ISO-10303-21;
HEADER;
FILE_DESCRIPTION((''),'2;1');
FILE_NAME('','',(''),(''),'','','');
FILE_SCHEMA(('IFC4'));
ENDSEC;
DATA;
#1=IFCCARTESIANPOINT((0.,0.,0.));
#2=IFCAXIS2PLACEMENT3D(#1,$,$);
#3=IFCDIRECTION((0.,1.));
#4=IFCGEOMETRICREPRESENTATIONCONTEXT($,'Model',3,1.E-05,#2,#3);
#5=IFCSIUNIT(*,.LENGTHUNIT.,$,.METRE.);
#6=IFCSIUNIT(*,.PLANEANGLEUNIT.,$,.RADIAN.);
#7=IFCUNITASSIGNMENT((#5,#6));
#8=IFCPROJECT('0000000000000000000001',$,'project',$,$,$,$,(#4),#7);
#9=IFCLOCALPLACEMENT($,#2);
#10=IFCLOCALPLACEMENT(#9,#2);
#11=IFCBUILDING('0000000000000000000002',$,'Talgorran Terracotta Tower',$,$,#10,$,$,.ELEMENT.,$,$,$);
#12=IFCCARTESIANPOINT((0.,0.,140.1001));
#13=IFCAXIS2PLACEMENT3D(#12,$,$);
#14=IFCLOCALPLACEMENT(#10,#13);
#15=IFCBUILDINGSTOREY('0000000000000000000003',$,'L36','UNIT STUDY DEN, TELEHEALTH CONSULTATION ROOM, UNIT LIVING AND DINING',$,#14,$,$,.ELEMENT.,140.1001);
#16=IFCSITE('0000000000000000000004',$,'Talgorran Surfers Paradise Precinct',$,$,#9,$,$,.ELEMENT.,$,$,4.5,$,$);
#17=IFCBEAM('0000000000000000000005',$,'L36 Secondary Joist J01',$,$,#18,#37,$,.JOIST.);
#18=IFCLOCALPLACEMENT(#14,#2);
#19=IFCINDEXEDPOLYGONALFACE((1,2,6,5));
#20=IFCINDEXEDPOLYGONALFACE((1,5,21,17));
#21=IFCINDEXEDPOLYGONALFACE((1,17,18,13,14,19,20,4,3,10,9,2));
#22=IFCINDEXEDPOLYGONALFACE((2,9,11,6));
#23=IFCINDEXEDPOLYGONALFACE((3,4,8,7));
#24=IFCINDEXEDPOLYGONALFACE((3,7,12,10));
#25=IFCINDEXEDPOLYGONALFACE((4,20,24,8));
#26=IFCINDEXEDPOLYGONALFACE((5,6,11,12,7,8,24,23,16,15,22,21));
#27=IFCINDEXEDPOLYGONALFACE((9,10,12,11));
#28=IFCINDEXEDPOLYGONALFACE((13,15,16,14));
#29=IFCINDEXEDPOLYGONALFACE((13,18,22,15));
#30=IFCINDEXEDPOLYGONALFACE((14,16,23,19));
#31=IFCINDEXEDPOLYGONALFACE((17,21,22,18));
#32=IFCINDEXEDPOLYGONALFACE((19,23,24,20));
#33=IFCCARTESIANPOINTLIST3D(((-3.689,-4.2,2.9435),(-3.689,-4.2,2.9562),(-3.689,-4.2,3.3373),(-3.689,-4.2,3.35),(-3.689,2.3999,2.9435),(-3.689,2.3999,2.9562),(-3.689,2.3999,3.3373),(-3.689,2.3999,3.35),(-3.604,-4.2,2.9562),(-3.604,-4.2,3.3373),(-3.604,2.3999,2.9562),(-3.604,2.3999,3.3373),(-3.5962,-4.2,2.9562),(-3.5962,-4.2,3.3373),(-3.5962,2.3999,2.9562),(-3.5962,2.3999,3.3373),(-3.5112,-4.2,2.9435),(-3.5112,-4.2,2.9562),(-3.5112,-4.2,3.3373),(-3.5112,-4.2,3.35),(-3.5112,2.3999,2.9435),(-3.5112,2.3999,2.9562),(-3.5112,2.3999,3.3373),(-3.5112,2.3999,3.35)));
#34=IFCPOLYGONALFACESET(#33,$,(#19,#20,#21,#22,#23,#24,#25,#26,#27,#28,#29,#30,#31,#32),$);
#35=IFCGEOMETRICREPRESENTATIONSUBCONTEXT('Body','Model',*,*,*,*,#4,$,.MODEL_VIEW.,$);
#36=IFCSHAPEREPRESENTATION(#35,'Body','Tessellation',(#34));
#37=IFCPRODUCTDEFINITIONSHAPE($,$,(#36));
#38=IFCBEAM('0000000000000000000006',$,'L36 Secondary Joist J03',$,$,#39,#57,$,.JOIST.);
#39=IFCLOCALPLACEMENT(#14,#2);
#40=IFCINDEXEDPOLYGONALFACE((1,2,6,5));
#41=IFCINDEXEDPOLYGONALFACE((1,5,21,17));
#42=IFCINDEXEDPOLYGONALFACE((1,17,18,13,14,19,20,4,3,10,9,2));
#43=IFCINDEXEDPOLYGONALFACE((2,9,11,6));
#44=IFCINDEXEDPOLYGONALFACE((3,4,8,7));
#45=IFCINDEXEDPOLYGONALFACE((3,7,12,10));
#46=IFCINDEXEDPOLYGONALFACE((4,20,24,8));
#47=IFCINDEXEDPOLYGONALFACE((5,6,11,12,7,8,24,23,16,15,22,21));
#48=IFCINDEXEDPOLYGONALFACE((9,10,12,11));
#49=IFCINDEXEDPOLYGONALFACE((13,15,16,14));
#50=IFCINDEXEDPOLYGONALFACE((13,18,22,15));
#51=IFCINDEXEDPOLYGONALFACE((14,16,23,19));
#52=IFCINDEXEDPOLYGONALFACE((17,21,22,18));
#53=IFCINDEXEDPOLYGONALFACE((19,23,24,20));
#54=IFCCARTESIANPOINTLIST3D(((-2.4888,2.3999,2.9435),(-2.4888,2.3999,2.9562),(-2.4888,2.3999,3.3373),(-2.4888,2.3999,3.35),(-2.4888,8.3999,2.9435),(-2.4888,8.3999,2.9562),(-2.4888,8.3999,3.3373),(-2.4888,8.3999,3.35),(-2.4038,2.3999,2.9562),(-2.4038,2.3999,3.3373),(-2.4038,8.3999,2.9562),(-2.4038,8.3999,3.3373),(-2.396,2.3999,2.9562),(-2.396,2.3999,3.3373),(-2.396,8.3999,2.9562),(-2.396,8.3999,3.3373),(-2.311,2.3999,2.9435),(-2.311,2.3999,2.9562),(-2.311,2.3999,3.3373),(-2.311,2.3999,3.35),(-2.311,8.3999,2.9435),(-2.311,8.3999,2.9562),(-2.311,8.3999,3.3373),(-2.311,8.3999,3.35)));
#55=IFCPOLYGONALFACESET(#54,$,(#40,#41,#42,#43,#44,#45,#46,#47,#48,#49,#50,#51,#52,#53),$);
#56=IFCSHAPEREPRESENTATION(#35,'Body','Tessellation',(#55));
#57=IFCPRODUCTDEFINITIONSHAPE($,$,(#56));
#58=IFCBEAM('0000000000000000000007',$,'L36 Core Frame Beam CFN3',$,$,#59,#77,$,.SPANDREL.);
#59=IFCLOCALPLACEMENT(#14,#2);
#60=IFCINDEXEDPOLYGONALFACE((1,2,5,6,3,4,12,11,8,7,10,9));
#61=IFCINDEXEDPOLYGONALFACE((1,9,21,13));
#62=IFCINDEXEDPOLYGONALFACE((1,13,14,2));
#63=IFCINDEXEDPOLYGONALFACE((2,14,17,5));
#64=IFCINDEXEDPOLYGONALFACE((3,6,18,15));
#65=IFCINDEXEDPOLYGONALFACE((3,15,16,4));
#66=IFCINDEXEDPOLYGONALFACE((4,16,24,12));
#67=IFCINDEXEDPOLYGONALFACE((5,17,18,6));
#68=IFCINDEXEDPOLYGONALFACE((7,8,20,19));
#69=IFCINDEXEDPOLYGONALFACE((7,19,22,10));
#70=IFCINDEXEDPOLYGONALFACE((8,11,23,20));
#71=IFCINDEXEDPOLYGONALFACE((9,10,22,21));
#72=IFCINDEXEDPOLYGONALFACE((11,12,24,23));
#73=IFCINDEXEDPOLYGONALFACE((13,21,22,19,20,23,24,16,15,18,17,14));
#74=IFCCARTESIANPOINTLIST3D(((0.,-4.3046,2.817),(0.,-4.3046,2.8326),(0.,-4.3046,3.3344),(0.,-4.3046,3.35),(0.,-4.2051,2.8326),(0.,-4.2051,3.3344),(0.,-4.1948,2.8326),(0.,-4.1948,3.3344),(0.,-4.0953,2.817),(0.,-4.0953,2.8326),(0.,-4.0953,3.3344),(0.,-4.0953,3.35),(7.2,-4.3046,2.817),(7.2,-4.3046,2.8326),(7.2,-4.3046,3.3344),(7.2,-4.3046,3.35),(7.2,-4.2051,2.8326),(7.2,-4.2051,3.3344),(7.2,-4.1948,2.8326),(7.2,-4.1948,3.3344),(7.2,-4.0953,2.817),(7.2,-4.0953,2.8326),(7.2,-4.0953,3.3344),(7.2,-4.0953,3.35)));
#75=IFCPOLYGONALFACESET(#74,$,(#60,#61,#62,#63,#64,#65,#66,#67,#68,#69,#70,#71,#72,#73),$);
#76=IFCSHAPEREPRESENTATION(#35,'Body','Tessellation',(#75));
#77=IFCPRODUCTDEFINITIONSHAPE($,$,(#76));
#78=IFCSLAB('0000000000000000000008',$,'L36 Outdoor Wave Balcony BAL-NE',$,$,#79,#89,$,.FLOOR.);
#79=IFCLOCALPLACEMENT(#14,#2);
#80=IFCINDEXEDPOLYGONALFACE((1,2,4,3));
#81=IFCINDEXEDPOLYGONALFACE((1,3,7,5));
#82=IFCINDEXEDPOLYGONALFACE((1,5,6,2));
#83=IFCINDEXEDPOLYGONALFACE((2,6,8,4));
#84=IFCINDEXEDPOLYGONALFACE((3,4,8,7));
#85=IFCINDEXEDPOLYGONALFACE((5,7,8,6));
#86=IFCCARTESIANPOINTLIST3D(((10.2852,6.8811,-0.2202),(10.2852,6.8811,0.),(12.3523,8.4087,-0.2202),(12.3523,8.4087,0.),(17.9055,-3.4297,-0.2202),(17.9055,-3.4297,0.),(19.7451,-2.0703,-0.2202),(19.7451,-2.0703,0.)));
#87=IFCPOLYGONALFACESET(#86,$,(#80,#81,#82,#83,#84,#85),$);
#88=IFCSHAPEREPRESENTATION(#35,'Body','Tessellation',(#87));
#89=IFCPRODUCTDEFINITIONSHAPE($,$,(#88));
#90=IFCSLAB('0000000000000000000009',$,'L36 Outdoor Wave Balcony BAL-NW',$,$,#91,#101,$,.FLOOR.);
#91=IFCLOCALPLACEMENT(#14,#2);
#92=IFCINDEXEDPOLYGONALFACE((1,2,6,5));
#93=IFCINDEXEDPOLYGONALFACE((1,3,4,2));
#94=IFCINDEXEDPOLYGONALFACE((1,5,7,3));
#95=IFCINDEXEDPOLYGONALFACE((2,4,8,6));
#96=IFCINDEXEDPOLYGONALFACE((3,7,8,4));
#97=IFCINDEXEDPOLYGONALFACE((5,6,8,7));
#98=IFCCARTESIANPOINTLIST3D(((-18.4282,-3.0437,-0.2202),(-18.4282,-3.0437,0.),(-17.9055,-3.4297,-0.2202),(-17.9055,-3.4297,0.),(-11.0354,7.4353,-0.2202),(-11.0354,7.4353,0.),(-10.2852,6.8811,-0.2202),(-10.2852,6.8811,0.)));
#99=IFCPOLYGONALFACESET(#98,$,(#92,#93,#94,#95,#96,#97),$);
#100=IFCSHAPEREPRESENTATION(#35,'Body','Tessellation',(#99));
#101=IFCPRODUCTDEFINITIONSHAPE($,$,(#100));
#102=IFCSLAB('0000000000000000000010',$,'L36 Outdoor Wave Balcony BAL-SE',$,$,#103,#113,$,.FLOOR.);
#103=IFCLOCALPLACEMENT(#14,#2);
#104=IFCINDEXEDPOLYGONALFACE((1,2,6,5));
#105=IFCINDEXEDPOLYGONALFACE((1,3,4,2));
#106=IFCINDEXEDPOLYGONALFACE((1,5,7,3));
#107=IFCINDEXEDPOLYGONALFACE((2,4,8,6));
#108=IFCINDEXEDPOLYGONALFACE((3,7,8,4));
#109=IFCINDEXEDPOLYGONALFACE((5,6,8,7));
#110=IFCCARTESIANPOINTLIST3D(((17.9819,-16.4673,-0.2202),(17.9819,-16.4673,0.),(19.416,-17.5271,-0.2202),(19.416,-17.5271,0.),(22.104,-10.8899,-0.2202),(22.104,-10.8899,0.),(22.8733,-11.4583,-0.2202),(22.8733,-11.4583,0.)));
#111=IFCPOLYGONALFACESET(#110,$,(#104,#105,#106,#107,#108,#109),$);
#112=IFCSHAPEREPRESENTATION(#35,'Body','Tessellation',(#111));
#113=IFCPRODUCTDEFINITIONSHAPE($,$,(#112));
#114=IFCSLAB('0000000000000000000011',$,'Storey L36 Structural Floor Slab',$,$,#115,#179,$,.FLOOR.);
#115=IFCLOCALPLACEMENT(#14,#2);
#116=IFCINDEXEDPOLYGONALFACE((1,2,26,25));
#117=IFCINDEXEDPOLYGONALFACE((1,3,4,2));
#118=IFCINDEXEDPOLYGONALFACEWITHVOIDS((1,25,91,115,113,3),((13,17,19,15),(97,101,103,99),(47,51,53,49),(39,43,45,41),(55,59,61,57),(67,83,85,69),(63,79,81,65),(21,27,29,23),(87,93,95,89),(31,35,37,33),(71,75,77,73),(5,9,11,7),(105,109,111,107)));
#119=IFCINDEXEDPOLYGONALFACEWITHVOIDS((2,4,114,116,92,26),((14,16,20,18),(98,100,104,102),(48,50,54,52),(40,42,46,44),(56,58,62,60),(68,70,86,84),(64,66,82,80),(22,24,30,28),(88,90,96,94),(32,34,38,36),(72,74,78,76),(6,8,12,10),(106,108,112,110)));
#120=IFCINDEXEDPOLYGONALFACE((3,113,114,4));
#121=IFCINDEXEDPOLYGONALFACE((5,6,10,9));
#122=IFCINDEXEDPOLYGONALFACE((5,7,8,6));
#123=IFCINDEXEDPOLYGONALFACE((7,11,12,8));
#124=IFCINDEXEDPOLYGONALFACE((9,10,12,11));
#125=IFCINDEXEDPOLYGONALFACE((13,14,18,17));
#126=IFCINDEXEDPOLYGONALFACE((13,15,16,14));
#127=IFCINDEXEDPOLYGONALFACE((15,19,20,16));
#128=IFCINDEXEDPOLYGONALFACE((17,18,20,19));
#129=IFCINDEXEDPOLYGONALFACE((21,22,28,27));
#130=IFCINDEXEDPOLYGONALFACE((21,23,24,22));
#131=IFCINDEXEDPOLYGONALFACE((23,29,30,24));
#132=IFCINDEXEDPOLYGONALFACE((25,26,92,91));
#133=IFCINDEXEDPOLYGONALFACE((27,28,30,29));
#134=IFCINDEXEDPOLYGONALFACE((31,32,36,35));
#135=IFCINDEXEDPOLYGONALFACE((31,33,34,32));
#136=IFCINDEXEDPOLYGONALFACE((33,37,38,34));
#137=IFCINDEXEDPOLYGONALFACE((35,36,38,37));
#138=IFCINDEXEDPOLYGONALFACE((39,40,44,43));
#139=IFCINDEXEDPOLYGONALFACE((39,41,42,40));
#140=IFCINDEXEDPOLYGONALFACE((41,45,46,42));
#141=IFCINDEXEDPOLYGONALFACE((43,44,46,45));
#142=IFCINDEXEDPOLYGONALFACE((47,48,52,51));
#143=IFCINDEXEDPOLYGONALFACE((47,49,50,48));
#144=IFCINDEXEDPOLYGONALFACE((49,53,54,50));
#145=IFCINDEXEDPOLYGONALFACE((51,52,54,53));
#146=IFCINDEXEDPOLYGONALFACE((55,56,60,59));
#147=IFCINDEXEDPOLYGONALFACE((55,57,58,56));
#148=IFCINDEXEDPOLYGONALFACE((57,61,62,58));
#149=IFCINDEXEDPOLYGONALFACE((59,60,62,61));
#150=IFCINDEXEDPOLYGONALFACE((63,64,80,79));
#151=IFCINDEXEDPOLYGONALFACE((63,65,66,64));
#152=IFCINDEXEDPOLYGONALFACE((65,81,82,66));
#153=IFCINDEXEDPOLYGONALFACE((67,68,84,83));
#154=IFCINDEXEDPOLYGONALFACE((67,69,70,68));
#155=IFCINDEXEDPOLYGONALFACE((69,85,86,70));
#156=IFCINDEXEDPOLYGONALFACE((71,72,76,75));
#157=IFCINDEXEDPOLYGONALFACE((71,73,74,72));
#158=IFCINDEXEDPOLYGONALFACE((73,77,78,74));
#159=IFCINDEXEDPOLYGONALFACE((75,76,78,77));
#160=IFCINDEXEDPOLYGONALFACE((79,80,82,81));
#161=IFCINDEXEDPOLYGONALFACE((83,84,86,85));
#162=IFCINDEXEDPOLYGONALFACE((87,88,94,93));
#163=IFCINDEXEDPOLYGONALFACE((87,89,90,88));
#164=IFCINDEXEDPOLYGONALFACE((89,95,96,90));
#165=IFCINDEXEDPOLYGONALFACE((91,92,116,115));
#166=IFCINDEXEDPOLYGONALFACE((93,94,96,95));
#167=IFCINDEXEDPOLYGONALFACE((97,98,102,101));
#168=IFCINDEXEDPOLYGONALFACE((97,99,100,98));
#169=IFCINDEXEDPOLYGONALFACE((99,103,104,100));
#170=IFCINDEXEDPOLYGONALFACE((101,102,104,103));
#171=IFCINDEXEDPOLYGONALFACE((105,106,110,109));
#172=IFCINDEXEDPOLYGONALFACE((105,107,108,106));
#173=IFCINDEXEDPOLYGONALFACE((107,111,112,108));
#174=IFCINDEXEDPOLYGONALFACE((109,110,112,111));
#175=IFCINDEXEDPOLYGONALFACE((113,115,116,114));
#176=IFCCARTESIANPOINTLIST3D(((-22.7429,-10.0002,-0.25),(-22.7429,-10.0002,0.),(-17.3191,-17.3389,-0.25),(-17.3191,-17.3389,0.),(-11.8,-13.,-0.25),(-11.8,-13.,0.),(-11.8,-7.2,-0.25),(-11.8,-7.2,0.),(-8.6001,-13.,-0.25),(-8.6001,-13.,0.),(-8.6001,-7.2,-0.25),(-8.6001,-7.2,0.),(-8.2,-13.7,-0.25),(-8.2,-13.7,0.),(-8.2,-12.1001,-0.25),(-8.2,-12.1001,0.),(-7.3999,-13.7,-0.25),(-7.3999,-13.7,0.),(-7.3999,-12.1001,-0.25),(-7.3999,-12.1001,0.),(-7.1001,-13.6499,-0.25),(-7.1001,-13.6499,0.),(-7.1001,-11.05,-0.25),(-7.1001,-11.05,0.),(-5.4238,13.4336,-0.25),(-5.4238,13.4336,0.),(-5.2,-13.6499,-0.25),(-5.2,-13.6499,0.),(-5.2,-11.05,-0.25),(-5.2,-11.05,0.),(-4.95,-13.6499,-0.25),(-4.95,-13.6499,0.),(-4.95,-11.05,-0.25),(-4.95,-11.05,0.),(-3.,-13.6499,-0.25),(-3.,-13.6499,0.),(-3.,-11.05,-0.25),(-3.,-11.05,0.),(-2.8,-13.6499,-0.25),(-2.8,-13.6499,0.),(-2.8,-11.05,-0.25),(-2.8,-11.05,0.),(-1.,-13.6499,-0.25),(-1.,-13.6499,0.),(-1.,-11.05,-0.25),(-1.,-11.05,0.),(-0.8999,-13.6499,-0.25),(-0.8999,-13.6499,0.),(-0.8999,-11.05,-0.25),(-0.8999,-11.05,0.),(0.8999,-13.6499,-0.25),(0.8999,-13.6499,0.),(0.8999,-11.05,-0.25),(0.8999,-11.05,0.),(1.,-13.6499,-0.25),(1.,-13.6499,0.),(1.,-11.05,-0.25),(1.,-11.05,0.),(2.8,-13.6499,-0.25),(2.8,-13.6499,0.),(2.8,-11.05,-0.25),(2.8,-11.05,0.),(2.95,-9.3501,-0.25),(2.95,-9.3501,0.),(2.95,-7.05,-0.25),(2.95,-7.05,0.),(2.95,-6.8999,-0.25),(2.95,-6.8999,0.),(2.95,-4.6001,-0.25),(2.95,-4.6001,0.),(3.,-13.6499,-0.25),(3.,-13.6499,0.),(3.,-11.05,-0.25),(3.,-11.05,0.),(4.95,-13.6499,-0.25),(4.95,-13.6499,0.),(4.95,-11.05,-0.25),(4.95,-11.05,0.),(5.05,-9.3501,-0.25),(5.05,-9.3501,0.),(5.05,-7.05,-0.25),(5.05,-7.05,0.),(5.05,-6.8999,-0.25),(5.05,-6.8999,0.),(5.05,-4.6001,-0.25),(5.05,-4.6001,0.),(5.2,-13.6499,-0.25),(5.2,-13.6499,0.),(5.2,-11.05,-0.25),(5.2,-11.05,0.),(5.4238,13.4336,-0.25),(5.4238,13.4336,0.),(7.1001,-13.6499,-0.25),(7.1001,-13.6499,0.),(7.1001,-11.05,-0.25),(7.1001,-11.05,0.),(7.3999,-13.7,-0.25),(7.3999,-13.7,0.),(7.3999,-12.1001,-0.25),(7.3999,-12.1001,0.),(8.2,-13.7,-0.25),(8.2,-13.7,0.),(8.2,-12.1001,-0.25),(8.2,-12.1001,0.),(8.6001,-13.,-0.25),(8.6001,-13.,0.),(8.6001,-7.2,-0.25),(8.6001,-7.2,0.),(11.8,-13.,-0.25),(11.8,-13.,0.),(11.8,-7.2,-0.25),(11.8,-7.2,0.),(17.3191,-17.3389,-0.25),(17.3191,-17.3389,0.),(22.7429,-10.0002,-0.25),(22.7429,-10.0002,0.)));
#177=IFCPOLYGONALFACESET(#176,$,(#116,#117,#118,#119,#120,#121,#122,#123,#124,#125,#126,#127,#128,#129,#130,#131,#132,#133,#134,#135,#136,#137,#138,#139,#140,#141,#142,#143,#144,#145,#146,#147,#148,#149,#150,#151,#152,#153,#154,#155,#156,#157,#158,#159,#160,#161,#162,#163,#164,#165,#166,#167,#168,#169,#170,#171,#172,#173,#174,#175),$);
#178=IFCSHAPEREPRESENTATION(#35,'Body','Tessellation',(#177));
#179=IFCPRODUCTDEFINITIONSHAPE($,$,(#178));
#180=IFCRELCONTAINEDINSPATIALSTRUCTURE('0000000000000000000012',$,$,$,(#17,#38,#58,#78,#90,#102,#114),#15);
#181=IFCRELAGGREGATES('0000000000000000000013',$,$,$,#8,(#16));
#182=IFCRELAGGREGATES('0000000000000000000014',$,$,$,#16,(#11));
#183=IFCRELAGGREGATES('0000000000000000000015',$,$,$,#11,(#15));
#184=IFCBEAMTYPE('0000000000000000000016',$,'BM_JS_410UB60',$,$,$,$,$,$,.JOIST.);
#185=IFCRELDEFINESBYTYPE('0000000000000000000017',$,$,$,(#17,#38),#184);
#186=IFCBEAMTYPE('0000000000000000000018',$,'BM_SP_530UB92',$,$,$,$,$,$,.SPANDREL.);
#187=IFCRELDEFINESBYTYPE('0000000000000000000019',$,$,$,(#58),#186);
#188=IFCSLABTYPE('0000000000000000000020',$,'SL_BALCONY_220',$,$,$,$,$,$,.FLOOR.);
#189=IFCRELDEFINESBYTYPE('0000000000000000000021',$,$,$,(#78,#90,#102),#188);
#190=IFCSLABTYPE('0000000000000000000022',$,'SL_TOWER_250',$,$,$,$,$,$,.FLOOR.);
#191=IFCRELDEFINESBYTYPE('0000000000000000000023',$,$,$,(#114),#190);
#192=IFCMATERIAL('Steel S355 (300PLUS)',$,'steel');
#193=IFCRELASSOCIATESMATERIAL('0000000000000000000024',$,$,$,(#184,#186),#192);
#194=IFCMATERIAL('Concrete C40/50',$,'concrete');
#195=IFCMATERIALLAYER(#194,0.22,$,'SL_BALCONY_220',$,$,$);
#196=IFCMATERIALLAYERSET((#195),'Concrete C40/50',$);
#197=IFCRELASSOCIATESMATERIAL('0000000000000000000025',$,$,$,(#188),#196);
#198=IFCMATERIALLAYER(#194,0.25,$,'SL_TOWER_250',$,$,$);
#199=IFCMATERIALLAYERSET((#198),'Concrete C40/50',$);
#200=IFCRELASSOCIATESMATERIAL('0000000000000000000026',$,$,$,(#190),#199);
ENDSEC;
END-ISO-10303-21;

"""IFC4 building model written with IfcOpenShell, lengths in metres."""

from ifc_helpers import new_model, si_unit, direction, frame, origin, origin_2d, place, context, subcontext, project, spatial, polyline, i_section, outline, extrude, material, layer, layer_set, material_profile, profile_set, type_object, element, save


model = new_model("IFC4")

# Units and contexts
model_context = context("Model", 3, precision=1e-05, world=origin(), true_north=direction((0.0, 1.0)))
body_context = subcontext(model_context, "Body", "Model", "MODEL_VIEW")
ifc_project = project(units=[si_unit("LENGTHUNIT", "METRE"), si_unit("PLANEANGLEUNIT", "RADIAN")], contexts=[model_context])

# Site, building, storey
site_placement = place(None, origin())
site = spatial("IfcSite", under=ifc_project, at=site_placement, Name="Talgorran Surfers Paradise Precinct", CompositionType="ELEMENT", RefElevation=4.5)
building_placement = place(site_placement, origin())
building = spatial("IfcBuilding", under=site, at=building_placement, Name="Talgorran Terracotta Tower", CompositionType="ELEMENT")
storey_placement = place(building_placement, frame((0.0, 0.0, 140.1001)))
storey = spatial("IfcBuildingStorey", under=building, at=storey_placement, Name="L36", Description="UNIT STUDY DEN, TELEHEALTH CONSULTATION ROOM, UNIT LIVING AND DINING", CompositionType="ELEMENT", Elevation=140.1001)

# Shared definitions
ifc_material_1 = material(Name="Steel S355 (300PLUS)", Category="steel")

# Beams
ifc_material_profile_1 = material_profile(ifc_material_1, i_section(OverallWidth=0.1777, OverallDepth=0.4065, WebThickness=0.0078, FlangeThickness=0.0127, at=origin_2d()), Name="410UB59.7")
ifc_profile_set_1 = profile_set([ifc_material_profile_1], Name="Steel S355 (300PLUS)")
beam_type_1 = type_object("IfcBeamType", Name="BM_JS_410UB60", PredefinedType="JOIST", material=ifc_profile_set_1)
beam_1_placement = place(storey_placement, frame((-3.6001, -4.2, 3.1467), z_axis=(0.0, 1.0, 0.0), x_axis=(-1.0, 0.0, 0.0)))
element("IfcBeam", 1, at=beam_1_placement, inside=storey, type_object=beam_type_1, Name="L36 Secondary Joist J01", PredefinedType="JOIST", context=body_context, shape_type="SweptSolid", body=[
    extrude(i_section(OverallWidth=0.1777, OverallDepth=0.4065, WebThickness=0.0078, FlangeThickness=0.0127, at=origin_2d()), origin(), (0.0, 0.0, 1.0), 6.5999),
])
beam_2_placement = place(storey_placement, frame((-2.3999, 2.3999, 3.1467), z_axis=(0.0, 1.0, 0.0), x_axis=(-1.0, 0.0, 0.0)))
element("IfcBeam", 2, at=beam_2_placement, inside=storey, type_object=beam_type_1, Name="L36 Secondary Joist J03", PredefinedType="JOIST", context=body_context, shape_type="SweptSolid", body=[
    extrude(i_section(OverallWidth=0.1777, OverallDepth=0.4065, WebThickness=0.0078, FlangeThickness=0.0127, at=origin_2d()), origin(), (0.0, 0.0, 1.0), 6.0),
])
ifc_material_profile_2 = material_profile(ifc_material_1, i_section(OverallWidth=0.2092, OverallDepth=0.533, WebThickness=0.0103, FlangeThickness=0.0156, at=origin_2d()), Name="530UB92.4")
ifc_profile_set_2 = profile_set([ifc_material_profile_2], Name="Steel S355 (300PLUS)")
beam_type_2 = type_object("IfcBeamType", Name="BM_SP_530UB92", PredefinedType="SPANDREL", material=ifc_profile_set_2)
beam_3_placement = place(storey_placement, frame((0.0, -4.2, 3.0835), z_axis=(1.0, 0.0, 0.0), x_axis=(0.0, 1.0, 0.0)))
element("IfcBeam", 3, at=beam_3_placement, inside=storey, type_object=beam_type_2, Name="L36 Core Frame Beam CFN3", PredefinedType="SPANDREL", context=body_context, shape_type="SweptSolid", body=[
    extrude(i_section(OverallWidth=0.2092, OverallDepth=0.533, WebThickness=0.0103, FlangeThickness=0.0156, at=origin_2d()), origin(), (0.0, 0.0, 1.0), 7.2),
])

# Slabs
ifc_material_2 = material(Name="Concrete C40/50", Category="concrete")
ifc_layer_1 = layer(ifc_material_2, 0.22, Name="SL_BALCONY_220")
ifc_layer_set_1 = layer_set([ifc_layer_1], Name="Concrete C40/50")
slab_type_1 = type_object("IfcSlabType", Name="SL_BALCONY_220", PredefinedType="FLOOR", material=ifc_layer_set_1)
slab_1_placement = place(storey_placement, frame((0.0, 0.0, -0.2202)))
element("IfcSlab", 4, at=slab_1_placement, inside=storey, type_object=slab_type_1, Name="L36 Outdoor Wave Balcony BAL-NE", PredefinedType="FLOOR", context=body_context, shape_type="SweptSolid", body=[
    extrude(outline(polyline([(10.2852, 6.8811), (17.9055, -3.4297), (19.7451, -2.0703), (12.3523, 8.4087), (10.2852, 6.8811)])), origin(), (0.0, 0.0, 1.0), 0.2202),
])
slab_2_placement = place(storey_placement, frame((0.0, 0.0, -0.2202)))
element("IfcSlab", 5, at=slab_2_placement, inside=storey, type_object=slab_type_1, Name="L36 Outdoor Wave Balcony BAL-NW", PredefinedType="FLOOR", context=body_context, shape_type="SweptSolid", body=[
    extrude(outline(polyline([(-17.9055, -3.4297), (-10.2852, 6.8811), (-11.0354, 7.4353), (-18.4282, -3.0437), (-17.9055, -3.4297)])), origin(), (0.0, 0.0, 1.0), 0.2202),
])
slab_3_placement = place(storey_placement, frame((0.0, 0.0, -0.2202)))
element("IfcSlab", 6, at=slab_3_placement, inside=storey, type_object=slab_type_1, Name="L36 Outdoor Wave Balcony BAL-SE", PredefinedType="FLOOR", context=body_context, shape_type="SweptSolid", body=[
    extrude(outline(polyline([(22.104, -10.8899), (17.9819, -16.4673), (19.416, -17.5271), (22.8733, -11.4583), (22.104, -10.8899)])), origin(), (0.0, 0.0, 1.0), 0.2202),
])
ifc_layer_2 = layer(ifc_material_2, 0.25, Name="SL_TOWER_250")
ifc_layer_set_2 = layer_set([ifc_layer_2], Name="Concrete C40/50")
slab_type_2 = type_object("IfcSlabType", Name="SL_TOWER_250", PredefinedType="FLOOR", material=ifc_layer_set_2)
slab_4_placement = place(storey_placement, frame((0.0, 0.0, -0.25)))
element("IfcSlab", 7, at=slab_4_placement, inside=storey, type_object=slab_type_2, Name="Storey L36 Structural Floor Slab", PredefinedType="FLOOR", context=body_context, shape_type="SweptSolid", body=[
    extrude(outline(polyline([(-22.7429, -10.0002), (-17.3191, -17.3389), (17.3191, -17.3389), (22.7429, -10.0002), (5.4238, 13.4336), (-5.4238, 13.4336), (-22.7429, -10.0002)]), holes=[polyline([(-11.8, -7.2), (-11.8, -13.0), (-8.6001, -13.0), (-8.6001, -7.2), (-11.8, -7.2)]), polyline([(8.6001, -7.2), (8.6001, -13.0), (11.8, -13.0), (11.8, -7.2), (8.6001, -7.2)]), polyline([(-7.1001, -13.6499), (-5.2, -13.6499), (-5.2, -11.05), (-7.1001, -11.05), (-7.1001, -13.6499)]), polyline([(5.2, -13.6499), (7.1001, -13.6499), (7.1001, -11.05), (5.2, -11.05), (5.2, -13.6499)]), polyline([(3.0, -13.6499), (4.95, -13.6499), (4.95, -11.05), (3.0, -11.05), (3.0, -13.6499)]), polyline([(-4.95, -13.6499), (-3.0, -13.6499), (-3.0, -11.05), (-4.95, -11.05), (-4.95, -13.6499)]), polyline([(2.95, -9.3501), (5.05, -9.3501), (5.05, -7.05), (2.95, -7.05), (2.95, -9.3501)]), polyline([(2.95, -6.8999), (5.05, -6.8999), (5.05, -4.6001), (2.95, -4.6001), (2.95, -6.8999)]), polyline([(-2.8, -13.6499), (-1.0, -13.6499), (-1.0, -11.05), (-2.8, -11.05), (-2.8, -13.6499)]), polyline([(-0.8999, -13.6499), (0.8999, -13.6499), (0.8999, -11.05), (-0.8999, -11.05), (-0.8999, -13.6499)]), polyline([(1.0, -13.6499), (2.8, -13.6499), (2.8, -11.05), (1.0, -11.05), (1.0, -13.6499)]), polyline([(-8.2, -13.7), (-7.3999, -13.7), (-7.3999, -12.1001), (-8.2, -12.1001), (-8.2, -13.7)]), polyline([(7.3999, -13.7), (8.2, -13.7), (8.2, -12.1001), (7.3999, -12.1001), (7.3999, -13.7)])]), origin(), (0.0, 0.0, 1.0), 0.25),
])

save(model, "model.ifc")
